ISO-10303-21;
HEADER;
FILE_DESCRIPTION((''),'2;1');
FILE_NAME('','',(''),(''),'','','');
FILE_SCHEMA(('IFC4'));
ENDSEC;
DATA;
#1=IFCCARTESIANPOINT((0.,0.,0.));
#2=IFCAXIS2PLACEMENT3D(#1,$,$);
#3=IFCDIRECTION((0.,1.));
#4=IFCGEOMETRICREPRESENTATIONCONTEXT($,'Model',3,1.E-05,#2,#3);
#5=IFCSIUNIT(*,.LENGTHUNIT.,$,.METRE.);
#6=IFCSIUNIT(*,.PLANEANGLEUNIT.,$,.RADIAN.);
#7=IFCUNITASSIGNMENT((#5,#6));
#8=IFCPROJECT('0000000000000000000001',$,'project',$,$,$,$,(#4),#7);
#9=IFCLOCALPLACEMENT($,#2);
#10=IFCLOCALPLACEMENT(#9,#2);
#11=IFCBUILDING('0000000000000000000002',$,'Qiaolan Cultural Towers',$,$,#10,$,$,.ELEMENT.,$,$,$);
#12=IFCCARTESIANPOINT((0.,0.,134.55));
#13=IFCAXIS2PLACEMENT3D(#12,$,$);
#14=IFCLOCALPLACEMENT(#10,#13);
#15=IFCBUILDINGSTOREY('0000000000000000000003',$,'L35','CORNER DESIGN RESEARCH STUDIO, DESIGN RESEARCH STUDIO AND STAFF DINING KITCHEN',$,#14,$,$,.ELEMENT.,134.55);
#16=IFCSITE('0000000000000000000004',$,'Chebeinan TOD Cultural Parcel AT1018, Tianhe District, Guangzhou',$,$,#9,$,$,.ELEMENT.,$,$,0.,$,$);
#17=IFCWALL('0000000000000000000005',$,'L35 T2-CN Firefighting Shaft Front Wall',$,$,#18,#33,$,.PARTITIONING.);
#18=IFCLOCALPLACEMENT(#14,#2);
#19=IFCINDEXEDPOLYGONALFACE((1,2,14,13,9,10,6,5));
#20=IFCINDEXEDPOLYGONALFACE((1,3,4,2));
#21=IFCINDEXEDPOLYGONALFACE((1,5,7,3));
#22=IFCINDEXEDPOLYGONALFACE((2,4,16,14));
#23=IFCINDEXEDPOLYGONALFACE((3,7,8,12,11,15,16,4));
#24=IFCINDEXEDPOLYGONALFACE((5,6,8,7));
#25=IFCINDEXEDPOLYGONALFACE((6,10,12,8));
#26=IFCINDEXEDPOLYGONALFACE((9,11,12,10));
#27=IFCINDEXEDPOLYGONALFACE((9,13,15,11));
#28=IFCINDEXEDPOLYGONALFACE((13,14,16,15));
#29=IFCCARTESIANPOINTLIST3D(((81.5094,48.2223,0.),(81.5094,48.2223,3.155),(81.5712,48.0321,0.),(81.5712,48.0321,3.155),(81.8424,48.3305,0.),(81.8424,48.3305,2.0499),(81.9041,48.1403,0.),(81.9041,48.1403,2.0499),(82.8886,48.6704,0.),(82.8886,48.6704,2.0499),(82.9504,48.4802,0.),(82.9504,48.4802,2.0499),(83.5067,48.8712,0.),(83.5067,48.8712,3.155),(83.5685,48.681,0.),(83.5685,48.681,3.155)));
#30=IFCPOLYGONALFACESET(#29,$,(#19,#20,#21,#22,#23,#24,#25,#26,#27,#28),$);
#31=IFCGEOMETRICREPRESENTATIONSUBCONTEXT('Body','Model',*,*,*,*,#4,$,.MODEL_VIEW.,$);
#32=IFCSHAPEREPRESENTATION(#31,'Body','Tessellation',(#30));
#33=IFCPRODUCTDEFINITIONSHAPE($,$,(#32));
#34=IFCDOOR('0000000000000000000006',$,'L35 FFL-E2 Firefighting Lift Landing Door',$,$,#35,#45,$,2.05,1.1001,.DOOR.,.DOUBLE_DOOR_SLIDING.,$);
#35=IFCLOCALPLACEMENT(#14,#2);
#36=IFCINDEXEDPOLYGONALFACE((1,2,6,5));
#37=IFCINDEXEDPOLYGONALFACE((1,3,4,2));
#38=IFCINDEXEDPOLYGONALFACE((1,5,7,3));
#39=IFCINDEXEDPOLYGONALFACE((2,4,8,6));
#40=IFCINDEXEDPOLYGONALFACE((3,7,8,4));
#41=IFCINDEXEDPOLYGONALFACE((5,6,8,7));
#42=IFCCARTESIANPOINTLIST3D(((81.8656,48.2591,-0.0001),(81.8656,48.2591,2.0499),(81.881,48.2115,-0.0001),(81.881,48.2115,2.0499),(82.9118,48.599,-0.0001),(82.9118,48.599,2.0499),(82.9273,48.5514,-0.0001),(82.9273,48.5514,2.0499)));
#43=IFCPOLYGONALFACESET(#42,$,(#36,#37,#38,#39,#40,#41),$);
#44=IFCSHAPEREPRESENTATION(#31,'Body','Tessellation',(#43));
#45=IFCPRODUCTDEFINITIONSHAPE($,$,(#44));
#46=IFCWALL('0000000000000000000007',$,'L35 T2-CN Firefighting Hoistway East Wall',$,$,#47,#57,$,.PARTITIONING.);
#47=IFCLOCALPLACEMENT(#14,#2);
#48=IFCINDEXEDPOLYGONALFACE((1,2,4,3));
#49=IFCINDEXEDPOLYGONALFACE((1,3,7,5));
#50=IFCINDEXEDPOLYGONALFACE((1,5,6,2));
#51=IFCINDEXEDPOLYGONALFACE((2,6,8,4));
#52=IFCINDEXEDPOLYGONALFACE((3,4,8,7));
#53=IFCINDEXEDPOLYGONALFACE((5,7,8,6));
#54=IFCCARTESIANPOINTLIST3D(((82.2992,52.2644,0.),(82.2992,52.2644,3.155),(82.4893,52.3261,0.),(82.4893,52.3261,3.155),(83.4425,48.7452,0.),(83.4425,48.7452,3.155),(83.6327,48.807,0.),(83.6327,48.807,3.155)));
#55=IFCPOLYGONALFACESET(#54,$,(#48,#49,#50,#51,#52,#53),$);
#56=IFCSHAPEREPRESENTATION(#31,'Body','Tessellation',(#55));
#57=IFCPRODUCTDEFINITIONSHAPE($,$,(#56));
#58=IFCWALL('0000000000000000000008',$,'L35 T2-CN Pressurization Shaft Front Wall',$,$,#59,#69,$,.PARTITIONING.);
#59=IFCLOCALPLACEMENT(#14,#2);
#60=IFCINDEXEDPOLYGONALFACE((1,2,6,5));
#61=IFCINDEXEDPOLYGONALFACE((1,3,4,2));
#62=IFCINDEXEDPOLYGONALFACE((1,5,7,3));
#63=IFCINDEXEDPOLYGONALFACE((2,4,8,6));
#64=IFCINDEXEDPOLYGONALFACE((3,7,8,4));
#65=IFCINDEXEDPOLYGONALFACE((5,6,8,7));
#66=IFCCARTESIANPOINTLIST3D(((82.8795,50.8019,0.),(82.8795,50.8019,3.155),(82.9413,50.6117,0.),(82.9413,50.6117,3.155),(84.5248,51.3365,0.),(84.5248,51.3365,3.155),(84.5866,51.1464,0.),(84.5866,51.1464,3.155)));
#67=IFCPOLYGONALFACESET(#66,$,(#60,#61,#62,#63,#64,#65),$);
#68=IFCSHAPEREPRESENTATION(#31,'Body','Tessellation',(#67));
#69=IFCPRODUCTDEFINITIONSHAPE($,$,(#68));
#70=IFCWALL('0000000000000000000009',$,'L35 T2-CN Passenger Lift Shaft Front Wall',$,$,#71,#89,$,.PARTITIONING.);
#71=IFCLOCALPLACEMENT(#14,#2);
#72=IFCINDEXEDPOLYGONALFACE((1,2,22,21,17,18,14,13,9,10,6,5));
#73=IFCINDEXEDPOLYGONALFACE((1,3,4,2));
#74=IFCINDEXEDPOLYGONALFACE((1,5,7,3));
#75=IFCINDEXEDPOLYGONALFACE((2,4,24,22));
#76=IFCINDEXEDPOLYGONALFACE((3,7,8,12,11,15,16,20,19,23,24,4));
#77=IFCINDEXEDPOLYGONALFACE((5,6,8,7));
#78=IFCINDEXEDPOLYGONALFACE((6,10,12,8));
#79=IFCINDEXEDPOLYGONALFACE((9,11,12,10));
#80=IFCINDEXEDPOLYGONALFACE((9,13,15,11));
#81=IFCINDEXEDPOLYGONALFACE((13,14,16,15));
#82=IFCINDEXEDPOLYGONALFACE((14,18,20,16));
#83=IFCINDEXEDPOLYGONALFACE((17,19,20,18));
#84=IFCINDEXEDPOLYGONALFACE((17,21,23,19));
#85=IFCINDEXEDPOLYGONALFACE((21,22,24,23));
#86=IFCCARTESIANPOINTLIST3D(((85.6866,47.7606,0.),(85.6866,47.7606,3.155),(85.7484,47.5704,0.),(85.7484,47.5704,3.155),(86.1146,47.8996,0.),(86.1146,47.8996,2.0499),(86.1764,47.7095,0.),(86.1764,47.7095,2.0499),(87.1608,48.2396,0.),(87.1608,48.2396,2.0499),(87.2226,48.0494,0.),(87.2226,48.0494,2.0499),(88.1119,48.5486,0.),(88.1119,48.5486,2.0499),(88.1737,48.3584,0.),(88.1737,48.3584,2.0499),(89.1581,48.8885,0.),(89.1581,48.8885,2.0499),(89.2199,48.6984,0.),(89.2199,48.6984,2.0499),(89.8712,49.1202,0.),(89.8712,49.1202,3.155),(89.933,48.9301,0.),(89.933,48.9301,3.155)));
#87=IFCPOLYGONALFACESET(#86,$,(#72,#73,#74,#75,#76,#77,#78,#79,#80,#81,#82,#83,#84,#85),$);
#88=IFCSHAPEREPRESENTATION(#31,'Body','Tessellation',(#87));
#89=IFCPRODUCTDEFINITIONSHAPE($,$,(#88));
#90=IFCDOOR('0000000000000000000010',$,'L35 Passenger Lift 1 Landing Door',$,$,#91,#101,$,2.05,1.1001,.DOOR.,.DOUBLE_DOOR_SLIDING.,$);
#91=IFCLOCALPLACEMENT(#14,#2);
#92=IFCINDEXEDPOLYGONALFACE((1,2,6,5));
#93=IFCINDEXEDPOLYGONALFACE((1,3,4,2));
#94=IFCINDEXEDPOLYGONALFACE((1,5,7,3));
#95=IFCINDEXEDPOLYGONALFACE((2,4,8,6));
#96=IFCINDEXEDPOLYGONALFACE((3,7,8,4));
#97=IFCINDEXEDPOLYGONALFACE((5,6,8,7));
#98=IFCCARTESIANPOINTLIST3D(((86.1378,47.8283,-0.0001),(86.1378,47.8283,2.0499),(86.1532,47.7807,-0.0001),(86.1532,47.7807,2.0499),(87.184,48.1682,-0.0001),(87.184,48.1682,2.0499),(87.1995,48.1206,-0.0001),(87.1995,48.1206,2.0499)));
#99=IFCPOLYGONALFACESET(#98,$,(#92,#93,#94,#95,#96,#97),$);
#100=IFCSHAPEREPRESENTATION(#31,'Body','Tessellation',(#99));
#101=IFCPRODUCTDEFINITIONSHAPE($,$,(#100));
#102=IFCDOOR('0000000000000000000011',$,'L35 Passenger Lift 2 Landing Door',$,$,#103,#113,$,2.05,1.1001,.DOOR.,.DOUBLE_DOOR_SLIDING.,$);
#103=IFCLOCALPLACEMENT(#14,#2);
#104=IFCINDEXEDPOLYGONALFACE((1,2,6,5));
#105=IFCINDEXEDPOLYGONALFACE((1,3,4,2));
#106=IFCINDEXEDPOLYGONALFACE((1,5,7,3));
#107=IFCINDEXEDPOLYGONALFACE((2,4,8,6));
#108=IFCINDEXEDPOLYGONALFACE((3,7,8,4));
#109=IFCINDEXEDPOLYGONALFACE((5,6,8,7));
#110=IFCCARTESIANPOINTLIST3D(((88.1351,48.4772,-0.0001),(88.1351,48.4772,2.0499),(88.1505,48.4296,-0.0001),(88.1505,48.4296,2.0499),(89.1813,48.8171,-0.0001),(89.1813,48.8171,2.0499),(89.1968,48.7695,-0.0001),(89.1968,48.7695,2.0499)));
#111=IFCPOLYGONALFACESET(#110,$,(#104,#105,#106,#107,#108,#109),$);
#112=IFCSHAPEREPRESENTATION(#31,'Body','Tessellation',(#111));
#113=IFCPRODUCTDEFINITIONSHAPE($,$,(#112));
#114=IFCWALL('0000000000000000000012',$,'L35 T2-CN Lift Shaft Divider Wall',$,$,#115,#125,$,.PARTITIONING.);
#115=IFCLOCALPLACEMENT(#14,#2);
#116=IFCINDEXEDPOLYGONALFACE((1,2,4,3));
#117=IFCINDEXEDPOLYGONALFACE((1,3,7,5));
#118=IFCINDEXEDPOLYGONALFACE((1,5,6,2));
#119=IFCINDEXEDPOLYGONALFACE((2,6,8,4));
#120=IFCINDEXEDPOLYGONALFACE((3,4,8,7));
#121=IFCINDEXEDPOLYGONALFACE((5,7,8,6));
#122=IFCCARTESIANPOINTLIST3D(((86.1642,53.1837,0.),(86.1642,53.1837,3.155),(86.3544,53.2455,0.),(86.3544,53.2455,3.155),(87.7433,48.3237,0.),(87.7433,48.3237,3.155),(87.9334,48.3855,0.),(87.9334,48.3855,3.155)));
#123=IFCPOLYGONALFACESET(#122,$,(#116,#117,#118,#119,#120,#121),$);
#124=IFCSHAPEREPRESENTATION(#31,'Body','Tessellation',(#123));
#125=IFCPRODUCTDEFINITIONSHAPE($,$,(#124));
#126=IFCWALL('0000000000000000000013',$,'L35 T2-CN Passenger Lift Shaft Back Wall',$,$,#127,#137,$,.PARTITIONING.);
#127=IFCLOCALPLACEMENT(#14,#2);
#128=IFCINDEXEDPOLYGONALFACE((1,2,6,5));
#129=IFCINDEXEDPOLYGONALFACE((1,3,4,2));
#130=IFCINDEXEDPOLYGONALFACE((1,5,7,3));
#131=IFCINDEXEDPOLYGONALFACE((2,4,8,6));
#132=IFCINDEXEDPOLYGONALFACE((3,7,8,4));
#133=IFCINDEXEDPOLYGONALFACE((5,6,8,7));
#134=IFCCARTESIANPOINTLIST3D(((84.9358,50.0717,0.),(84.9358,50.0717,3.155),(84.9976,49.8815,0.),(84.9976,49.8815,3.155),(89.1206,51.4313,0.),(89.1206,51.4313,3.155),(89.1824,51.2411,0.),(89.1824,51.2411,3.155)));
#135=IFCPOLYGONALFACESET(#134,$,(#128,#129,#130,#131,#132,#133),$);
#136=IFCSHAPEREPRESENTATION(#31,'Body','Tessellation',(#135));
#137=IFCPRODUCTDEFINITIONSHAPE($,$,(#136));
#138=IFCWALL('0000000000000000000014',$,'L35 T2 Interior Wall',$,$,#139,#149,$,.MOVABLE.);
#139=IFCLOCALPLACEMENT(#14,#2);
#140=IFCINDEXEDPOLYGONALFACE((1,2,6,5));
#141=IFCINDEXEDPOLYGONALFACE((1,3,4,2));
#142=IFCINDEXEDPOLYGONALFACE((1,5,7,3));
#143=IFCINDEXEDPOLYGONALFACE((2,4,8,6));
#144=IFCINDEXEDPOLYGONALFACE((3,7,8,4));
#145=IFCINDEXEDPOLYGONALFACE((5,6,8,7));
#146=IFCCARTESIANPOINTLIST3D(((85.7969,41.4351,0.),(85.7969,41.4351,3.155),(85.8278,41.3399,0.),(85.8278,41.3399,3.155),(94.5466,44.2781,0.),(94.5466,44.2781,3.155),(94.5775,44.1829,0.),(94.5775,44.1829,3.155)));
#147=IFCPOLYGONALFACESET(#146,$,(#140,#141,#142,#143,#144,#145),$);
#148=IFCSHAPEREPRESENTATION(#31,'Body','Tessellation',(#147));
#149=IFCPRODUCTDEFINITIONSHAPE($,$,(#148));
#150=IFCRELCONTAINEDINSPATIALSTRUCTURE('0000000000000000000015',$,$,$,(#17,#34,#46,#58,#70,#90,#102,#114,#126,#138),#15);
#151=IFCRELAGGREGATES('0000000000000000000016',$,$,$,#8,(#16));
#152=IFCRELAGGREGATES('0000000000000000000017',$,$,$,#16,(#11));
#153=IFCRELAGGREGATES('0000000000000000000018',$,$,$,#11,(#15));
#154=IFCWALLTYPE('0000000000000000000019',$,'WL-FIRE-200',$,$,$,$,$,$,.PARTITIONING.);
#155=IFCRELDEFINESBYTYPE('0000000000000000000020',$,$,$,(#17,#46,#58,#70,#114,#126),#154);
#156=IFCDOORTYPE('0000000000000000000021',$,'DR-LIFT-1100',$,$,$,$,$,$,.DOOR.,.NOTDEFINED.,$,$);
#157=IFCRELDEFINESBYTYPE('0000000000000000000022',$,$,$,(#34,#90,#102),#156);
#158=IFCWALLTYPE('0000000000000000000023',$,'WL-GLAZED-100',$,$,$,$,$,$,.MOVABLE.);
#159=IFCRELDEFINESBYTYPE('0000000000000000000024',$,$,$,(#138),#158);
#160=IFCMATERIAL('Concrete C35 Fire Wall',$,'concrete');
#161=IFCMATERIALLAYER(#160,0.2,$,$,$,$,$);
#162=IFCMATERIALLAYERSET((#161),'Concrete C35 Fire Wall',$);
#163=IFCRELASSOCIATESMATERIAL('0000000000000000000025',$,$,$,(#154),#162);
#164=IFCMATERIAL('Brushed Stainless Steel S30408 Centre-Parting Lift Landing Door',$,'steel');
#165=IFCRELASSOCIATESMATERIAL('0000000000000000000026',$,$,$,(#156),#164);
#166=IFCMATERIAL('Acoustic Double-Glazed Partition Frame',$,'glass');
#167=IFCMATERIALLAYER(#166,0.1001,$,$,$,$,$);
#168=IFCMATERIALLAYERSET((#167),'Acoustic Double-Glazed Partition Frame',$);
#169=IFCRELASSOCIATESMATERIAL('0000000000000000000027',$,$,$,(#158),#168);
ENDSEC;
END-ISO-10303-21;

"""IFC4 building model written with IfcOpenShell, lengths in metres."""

from ifc_helpers import new_model, si_unit, direction, frame, frame_2d, origin, place, context, subcontext, project, spatial, rectangle, extrude, material, layer, layer_set, type_object, element, fill, save


model = new_model("IFC4")

# Units and contexts
model_context = context("Model", 3, precision=1e-05, world=origin(), true_north=direction((0.0, 1.0)))
body_context = subcontext(model_context, "Body", "Model", "MODEL_VIEW")
ifc_project = project(units=[si_unit("LENGTHUNIT", "METRE"), si_unit("PLANEANGLEUNIT", "RADIAN")], contexts=[model_context])

# Site, building, storey
site_placement = place(None, origin())
site = spatial("IfcSite", under=ifc_project, at=site_placement, Name="Chebeinan TOD Cultural Parcel AT1018, Tianhe District, Guangzhou", CompositionType="ELEMENT", RefElevation=0.0)
building_placement = place(site_placement, origin())
building = spatial("IfcBuilding", under=site, at=building_placement, Name="Qiaolan Cultural Towers", CompositionType="ELEMENT")
storey_placement = place(building_placement, frame((0.0, 0.0, 134.55)))
storey = spatial("IfcBuildingStorey", under=building, at=storey_placement, Name="L35", Description="CORNER DESIGN RESEARCH STUDIO, DESIGN RESEARCH STUDIO AND STAFF DINING KITCHEN", CompositionType="ELEMENT", Elevation=134.55)

# Shared definitions
ifc_material_1 = material(Name="Concrete C35 Fire Wall", Category="concrete")
ifc_layer_1 = layer(ifc_material_1, 0.2)
ifc_layer_set_1 = layer_set([ifc_layer_1], Name="Concrete C35 Fire Wall")
wall_type_1 = type_object("IfcWallType", Name="WL-FIRE-200", PredefinedType="PARTITIONING", material=ifc_layer_set_1)

# Wall, opening, door
wall_1_placement = place(storey_placement, frame((81.5403, 48.1272, 0.0), z_axis=(0.0, 0.0, 1.0), x_axis=(0.951062, 0.308999, 0.0)))
wall_1 = element("IfcWall", 1, at=wall_1_placement, inside=storey, type_object=wall_type_1, Name="L35 T2-CN Firefighting Shaft Front Wall", PredefinedType="PARTITIONING", context=body_context, shape_type="SweptSolid", body=[
    extrude(rectangle(XDim=2.1001, YDim=0.2, at=frame_2d((1.05, 0.0))), origin(), (0.0, 0.0, 1.0), 3.155),
])
opening_1_placement = place(wall_1_placement, frame((0.3501, 0.0, 0.0)))
opening_1 = element("IfcOpeningElement", 2, at=opening_1_placement, cuts=wall_1, PredefinedType="OPENING", context=body_context, shape_type="SweptSolid", body=[
    extrude(rectangle(XDim=1.1001, YDim=2.05, at=frame_2d((0.55, 1.0249))), frame((0.0, 0.1099, 0.0), z_axis=(0.0, -1.0, 0.0), x_axis=(1.0, 0.0, 0.0)), (0.0, 0.0, 1.0), 0.22),
])
ifc_material_2 = material(Name="Brushed Stainless Steel S30408 Centre-Parting Lift Landing Door", Category="steel")
door_type_1 = type_object("IfcDoorType", Name="DR-LIFT-1100", OperationType="NOTDEFINED", PredefinedType="DOOR", material=ifc_material_2)
door_1_placement = place(opening_1_placement, origin())
door_1 = element("IfcDoor", 3, at=door_1_placement, inside=storey, type_object=door_type_1, Name="L35 FFL-E2 Firefighting Lift Landing Door", OperationType="DOUBLE_DOOR_SLIDING", OverallHeight=2.05, OverallWidth=1.1001, PredefinedType="DOOR", context=body_context, shape_type="SweptSolid", body=[
    extrude(rectangle(XDim=1.1001, YDim=2.05, at=frame_2d((0.55, 1.0249))), frame((0.0, 0.0249, 0.0), z_axis=(0.0, -1.0, 0.0), x_axis=(1.0, 0.0, 0.0)), (0.0, 0.0, 1.0), 0.05),
])
fill(opening_1, door_1)

# Walls
wall_2_placement = place(storey_placement, frame((83.5376, 48.7761, 0.0), z_axis=(0.0, 0.0, 1.0), x_axis=(-0.308994, 0.951064, 0.0)))
element("IfcWall", 4, at=wall_2_placement, inside=storey, type_object=wall_type_1, Name="L35 T2-CN Firefighting Hoistway East Wall", PredefinedType="PARTITIONING", context=body_context, shape_type="SweptSolid", body=[
    extrude(rectangle(XDim=3.7002, YDim=0.2, at=frame_2d((1.8501, 0.0))), origin(), (0.0, 0.0, 1.0), 3.155),
])
wall_3_placement = place(storey_placement, frame((82.9104, 50.7068, 0.0), z_axis=(0.0, 0.0, 1.0), x_axis=(0.951041, 0.309064, 0.0)))
element("IfcWall", 5, at=wall_3_placement, inside=storey, type_object=wall_type_1, Name="L35 T2-CN Pressurization Shaft Front Wall", PredefinedType="PARTITIONING", context=body_context, shape_type="SweptSolid", body=[
    extrude(rectangle(XDim=1.73, YDim=0.2, at=frame_2d((0.865, 0.0))), origin(), (0.0, 0.0, 1.0), 3.155),
])

# Wall, openings, doors
wall_4_placement = place(storey_placement, frame((85.7175, 47.6655, 0.0), z_axis=(0.0, 0.0, 1.0), x_axis=(0.951059, 0.309011, 0.0)))
wall_4 = element("IfcWall", 6, at=wall_4_placement, inside=storey, type_object=wall_type_1, Name="L35 T2-CN Passenger Lift Shaft Front Wall", PredefinedType="PARTITIONING", context=body_context, shape_type="SweptSolid", body=[
    extrude(rectangle(XDim=4.3999, YDim=0.2, at=frame_2d((2.2, 0.0))), origin(), (0.0, 0.0, 1.0), 3.155),
])
opening_2_placement = place(wall_4_placement, frame((0.45, 0.0, 0.0)))
opening_2 = element("IfcOpeningElement", 7, at=opening_2_placement, cuts=wall_4, PredefinedType="OPENING", context=body_context, shape_type="SweptSolid", body=[
    extrude(rectangle(XDim=1.1001, YDim=2.05, at=frame_2d((0.55, 1.0249))), frame((0.0, 0.1099, 0.0), z_axis=(0.0, -1.0, 0.0), x_axis=(1.0, 0.0, 0.0)), (0.0, 0.0, 1.0), 0.22),
])
opening_3_placement = place(wall_4_placement, frame((2.55, 0.0, 0.0)))
opening_3 = element("IfcOpeningElement", 8, at=opening_3_placement, cuts=wall_4, PredefinedType="OPENING", context=body_context, shape_type="SweptSolid", body=[
    extrude(rectangle(XDim=1.1001, YDim=2.05, at=frame_2d((0.55, 1.0249))), frame((0.0, 0.1099, 0.0), z_axis=(0.0, -1.0, 0.0), x_axis=(1.0, 0.0, 0.0)), (0.0, 0.0, 1.0), 0.22),
])
door_2_placement = place(opening_2_placement, origin())
door_2 = element("IfcDoor", 9, at=door_2_placement, inside=storey, type_object=door_type_1, Name="L35 Passenger Lift 1 Landing Door", OperationType="DOUBLE_DOOR_SLIDING", OverallHeight=2.05, OverallWidth=1.1001, PredefinedType="DOOR", context=body_context, shape_type="SweptSolid", body=[
    extrude(rectangle(XDim=1.1001, YDim=2.05, at=frame_2d((0.55, 1.0249))), frame((0.0, 0.0249, 0.0), z_axis=(0.0, -1.0, 0.0), x_axis=(1.0, 0.0, 0.0)), (0.0, 0.0, 1.0), 0.05),
])
fill(opening_2, door_2)
door_3_placement = place(opening_3_placement, origin())
door_3 = element("IfcDoor", 10, at=door_3_placement, inside=storey, type_object=door_type_1, Name="L35 Passenger Lift 2 Landing Door", OperationType="DOUBLE_DOOR_SLIDING", OverallHeight=2.05, OverallWidth=1.1001, PredefinedType="DOOR", context=body_context, shape_type="SweptSolid", body=[
    extrude(rectangle(XDim=1.1001, YDim=2.05, at=frame_2d((0.55, 1.0249))), frame((0.0, 0.0249, 0.0), z_axis=(0.0, -1.0, 0.0), x_axis=(1.0, 0.0, 0.0)), (0.0, 0.0, 1.0), 0.05),
])
fill(opening_3, door_3)

# Walls
wall_5_placement = place(storey_placement, frame((87.8384, 48.3545, 0.0), z_axis=(0.0, 0.0, 1.0), x_axis=(-0.309009, 0.951059, 0.0)))
element("IfcWall", 11, at=wall_5_placement, inside=storey, type_object=wall_type_1, Name="L35 T2-CN Lift Shaft Divider Wall", PredefinedType="PARTITIONING", context=body_context, shape_type="SweptSolid", body=[
    extrude(rectangle(XDim=5.1101, YDim=0.2, at=frame_2d((2.5552, 0.0))), origin(), (0.0, 0.0, 1.0), 3.155),
])
wall_6_placement = place(storey_placement, frame((84.9666, 49.9766, 0.0), z_axis=(0.0, 0.0, 1.0), x_axis=(0.951064, 0.308994, 0.0)))
element("IfcWall", 12, at=wall_6_placement, inside=storey, type_object=wall_type_1, Name="L35 T2-CN Passenger Lift Shaft Back Wall", PredefinedType="PARTITIONING", context=body_context, shape_type="SweptSolid", body=[
    extrude(rectangle(XDim=4.4001, YDim=0.2, at=frame_2d((2.2002, 0.0))), origin(), (0.0, 0.0, 1.0), 3.155),
])
ifc_material_3 = material(Name="Acoustic Double-Glazed Partition Frame", Category="glass")
ifc_layer_2 = layer(ifc_material_3, 0.1001)
ifc_layer_set_2 = layer_set([ifc_layer_2], Name="Acoustic Double-Glazed Partition Frame")
wall_type_2 = type_object("IfcWallType", Name="WL-GLAZED-100", PredefinedType="MOVABLE", material=ifc_layer_set_2)
wall_7_placement = place(storey_placement, frame((85.8123, 41.3875, 0.0), z_axis=(0.0, 0.0, 1.0), x_axis=(0.951055, 0.309022, 0.0)))
element("IfcWall", 13, at=wall_7_placement, inside=storey, type_object=wall_type_2, Name="L35 T2 Interior Wall", PredefinedType="MOVABLE", context=body_context, shape_type="SweptSolid", body=[
    extrude(rectangle(XDim=9.2, YDim=0.1001, at=frame_2d((4.6001, 0.0))), origin(), (0.0, 0.0, 1.0), 3.155),
])

save(model, "model.ifc")
